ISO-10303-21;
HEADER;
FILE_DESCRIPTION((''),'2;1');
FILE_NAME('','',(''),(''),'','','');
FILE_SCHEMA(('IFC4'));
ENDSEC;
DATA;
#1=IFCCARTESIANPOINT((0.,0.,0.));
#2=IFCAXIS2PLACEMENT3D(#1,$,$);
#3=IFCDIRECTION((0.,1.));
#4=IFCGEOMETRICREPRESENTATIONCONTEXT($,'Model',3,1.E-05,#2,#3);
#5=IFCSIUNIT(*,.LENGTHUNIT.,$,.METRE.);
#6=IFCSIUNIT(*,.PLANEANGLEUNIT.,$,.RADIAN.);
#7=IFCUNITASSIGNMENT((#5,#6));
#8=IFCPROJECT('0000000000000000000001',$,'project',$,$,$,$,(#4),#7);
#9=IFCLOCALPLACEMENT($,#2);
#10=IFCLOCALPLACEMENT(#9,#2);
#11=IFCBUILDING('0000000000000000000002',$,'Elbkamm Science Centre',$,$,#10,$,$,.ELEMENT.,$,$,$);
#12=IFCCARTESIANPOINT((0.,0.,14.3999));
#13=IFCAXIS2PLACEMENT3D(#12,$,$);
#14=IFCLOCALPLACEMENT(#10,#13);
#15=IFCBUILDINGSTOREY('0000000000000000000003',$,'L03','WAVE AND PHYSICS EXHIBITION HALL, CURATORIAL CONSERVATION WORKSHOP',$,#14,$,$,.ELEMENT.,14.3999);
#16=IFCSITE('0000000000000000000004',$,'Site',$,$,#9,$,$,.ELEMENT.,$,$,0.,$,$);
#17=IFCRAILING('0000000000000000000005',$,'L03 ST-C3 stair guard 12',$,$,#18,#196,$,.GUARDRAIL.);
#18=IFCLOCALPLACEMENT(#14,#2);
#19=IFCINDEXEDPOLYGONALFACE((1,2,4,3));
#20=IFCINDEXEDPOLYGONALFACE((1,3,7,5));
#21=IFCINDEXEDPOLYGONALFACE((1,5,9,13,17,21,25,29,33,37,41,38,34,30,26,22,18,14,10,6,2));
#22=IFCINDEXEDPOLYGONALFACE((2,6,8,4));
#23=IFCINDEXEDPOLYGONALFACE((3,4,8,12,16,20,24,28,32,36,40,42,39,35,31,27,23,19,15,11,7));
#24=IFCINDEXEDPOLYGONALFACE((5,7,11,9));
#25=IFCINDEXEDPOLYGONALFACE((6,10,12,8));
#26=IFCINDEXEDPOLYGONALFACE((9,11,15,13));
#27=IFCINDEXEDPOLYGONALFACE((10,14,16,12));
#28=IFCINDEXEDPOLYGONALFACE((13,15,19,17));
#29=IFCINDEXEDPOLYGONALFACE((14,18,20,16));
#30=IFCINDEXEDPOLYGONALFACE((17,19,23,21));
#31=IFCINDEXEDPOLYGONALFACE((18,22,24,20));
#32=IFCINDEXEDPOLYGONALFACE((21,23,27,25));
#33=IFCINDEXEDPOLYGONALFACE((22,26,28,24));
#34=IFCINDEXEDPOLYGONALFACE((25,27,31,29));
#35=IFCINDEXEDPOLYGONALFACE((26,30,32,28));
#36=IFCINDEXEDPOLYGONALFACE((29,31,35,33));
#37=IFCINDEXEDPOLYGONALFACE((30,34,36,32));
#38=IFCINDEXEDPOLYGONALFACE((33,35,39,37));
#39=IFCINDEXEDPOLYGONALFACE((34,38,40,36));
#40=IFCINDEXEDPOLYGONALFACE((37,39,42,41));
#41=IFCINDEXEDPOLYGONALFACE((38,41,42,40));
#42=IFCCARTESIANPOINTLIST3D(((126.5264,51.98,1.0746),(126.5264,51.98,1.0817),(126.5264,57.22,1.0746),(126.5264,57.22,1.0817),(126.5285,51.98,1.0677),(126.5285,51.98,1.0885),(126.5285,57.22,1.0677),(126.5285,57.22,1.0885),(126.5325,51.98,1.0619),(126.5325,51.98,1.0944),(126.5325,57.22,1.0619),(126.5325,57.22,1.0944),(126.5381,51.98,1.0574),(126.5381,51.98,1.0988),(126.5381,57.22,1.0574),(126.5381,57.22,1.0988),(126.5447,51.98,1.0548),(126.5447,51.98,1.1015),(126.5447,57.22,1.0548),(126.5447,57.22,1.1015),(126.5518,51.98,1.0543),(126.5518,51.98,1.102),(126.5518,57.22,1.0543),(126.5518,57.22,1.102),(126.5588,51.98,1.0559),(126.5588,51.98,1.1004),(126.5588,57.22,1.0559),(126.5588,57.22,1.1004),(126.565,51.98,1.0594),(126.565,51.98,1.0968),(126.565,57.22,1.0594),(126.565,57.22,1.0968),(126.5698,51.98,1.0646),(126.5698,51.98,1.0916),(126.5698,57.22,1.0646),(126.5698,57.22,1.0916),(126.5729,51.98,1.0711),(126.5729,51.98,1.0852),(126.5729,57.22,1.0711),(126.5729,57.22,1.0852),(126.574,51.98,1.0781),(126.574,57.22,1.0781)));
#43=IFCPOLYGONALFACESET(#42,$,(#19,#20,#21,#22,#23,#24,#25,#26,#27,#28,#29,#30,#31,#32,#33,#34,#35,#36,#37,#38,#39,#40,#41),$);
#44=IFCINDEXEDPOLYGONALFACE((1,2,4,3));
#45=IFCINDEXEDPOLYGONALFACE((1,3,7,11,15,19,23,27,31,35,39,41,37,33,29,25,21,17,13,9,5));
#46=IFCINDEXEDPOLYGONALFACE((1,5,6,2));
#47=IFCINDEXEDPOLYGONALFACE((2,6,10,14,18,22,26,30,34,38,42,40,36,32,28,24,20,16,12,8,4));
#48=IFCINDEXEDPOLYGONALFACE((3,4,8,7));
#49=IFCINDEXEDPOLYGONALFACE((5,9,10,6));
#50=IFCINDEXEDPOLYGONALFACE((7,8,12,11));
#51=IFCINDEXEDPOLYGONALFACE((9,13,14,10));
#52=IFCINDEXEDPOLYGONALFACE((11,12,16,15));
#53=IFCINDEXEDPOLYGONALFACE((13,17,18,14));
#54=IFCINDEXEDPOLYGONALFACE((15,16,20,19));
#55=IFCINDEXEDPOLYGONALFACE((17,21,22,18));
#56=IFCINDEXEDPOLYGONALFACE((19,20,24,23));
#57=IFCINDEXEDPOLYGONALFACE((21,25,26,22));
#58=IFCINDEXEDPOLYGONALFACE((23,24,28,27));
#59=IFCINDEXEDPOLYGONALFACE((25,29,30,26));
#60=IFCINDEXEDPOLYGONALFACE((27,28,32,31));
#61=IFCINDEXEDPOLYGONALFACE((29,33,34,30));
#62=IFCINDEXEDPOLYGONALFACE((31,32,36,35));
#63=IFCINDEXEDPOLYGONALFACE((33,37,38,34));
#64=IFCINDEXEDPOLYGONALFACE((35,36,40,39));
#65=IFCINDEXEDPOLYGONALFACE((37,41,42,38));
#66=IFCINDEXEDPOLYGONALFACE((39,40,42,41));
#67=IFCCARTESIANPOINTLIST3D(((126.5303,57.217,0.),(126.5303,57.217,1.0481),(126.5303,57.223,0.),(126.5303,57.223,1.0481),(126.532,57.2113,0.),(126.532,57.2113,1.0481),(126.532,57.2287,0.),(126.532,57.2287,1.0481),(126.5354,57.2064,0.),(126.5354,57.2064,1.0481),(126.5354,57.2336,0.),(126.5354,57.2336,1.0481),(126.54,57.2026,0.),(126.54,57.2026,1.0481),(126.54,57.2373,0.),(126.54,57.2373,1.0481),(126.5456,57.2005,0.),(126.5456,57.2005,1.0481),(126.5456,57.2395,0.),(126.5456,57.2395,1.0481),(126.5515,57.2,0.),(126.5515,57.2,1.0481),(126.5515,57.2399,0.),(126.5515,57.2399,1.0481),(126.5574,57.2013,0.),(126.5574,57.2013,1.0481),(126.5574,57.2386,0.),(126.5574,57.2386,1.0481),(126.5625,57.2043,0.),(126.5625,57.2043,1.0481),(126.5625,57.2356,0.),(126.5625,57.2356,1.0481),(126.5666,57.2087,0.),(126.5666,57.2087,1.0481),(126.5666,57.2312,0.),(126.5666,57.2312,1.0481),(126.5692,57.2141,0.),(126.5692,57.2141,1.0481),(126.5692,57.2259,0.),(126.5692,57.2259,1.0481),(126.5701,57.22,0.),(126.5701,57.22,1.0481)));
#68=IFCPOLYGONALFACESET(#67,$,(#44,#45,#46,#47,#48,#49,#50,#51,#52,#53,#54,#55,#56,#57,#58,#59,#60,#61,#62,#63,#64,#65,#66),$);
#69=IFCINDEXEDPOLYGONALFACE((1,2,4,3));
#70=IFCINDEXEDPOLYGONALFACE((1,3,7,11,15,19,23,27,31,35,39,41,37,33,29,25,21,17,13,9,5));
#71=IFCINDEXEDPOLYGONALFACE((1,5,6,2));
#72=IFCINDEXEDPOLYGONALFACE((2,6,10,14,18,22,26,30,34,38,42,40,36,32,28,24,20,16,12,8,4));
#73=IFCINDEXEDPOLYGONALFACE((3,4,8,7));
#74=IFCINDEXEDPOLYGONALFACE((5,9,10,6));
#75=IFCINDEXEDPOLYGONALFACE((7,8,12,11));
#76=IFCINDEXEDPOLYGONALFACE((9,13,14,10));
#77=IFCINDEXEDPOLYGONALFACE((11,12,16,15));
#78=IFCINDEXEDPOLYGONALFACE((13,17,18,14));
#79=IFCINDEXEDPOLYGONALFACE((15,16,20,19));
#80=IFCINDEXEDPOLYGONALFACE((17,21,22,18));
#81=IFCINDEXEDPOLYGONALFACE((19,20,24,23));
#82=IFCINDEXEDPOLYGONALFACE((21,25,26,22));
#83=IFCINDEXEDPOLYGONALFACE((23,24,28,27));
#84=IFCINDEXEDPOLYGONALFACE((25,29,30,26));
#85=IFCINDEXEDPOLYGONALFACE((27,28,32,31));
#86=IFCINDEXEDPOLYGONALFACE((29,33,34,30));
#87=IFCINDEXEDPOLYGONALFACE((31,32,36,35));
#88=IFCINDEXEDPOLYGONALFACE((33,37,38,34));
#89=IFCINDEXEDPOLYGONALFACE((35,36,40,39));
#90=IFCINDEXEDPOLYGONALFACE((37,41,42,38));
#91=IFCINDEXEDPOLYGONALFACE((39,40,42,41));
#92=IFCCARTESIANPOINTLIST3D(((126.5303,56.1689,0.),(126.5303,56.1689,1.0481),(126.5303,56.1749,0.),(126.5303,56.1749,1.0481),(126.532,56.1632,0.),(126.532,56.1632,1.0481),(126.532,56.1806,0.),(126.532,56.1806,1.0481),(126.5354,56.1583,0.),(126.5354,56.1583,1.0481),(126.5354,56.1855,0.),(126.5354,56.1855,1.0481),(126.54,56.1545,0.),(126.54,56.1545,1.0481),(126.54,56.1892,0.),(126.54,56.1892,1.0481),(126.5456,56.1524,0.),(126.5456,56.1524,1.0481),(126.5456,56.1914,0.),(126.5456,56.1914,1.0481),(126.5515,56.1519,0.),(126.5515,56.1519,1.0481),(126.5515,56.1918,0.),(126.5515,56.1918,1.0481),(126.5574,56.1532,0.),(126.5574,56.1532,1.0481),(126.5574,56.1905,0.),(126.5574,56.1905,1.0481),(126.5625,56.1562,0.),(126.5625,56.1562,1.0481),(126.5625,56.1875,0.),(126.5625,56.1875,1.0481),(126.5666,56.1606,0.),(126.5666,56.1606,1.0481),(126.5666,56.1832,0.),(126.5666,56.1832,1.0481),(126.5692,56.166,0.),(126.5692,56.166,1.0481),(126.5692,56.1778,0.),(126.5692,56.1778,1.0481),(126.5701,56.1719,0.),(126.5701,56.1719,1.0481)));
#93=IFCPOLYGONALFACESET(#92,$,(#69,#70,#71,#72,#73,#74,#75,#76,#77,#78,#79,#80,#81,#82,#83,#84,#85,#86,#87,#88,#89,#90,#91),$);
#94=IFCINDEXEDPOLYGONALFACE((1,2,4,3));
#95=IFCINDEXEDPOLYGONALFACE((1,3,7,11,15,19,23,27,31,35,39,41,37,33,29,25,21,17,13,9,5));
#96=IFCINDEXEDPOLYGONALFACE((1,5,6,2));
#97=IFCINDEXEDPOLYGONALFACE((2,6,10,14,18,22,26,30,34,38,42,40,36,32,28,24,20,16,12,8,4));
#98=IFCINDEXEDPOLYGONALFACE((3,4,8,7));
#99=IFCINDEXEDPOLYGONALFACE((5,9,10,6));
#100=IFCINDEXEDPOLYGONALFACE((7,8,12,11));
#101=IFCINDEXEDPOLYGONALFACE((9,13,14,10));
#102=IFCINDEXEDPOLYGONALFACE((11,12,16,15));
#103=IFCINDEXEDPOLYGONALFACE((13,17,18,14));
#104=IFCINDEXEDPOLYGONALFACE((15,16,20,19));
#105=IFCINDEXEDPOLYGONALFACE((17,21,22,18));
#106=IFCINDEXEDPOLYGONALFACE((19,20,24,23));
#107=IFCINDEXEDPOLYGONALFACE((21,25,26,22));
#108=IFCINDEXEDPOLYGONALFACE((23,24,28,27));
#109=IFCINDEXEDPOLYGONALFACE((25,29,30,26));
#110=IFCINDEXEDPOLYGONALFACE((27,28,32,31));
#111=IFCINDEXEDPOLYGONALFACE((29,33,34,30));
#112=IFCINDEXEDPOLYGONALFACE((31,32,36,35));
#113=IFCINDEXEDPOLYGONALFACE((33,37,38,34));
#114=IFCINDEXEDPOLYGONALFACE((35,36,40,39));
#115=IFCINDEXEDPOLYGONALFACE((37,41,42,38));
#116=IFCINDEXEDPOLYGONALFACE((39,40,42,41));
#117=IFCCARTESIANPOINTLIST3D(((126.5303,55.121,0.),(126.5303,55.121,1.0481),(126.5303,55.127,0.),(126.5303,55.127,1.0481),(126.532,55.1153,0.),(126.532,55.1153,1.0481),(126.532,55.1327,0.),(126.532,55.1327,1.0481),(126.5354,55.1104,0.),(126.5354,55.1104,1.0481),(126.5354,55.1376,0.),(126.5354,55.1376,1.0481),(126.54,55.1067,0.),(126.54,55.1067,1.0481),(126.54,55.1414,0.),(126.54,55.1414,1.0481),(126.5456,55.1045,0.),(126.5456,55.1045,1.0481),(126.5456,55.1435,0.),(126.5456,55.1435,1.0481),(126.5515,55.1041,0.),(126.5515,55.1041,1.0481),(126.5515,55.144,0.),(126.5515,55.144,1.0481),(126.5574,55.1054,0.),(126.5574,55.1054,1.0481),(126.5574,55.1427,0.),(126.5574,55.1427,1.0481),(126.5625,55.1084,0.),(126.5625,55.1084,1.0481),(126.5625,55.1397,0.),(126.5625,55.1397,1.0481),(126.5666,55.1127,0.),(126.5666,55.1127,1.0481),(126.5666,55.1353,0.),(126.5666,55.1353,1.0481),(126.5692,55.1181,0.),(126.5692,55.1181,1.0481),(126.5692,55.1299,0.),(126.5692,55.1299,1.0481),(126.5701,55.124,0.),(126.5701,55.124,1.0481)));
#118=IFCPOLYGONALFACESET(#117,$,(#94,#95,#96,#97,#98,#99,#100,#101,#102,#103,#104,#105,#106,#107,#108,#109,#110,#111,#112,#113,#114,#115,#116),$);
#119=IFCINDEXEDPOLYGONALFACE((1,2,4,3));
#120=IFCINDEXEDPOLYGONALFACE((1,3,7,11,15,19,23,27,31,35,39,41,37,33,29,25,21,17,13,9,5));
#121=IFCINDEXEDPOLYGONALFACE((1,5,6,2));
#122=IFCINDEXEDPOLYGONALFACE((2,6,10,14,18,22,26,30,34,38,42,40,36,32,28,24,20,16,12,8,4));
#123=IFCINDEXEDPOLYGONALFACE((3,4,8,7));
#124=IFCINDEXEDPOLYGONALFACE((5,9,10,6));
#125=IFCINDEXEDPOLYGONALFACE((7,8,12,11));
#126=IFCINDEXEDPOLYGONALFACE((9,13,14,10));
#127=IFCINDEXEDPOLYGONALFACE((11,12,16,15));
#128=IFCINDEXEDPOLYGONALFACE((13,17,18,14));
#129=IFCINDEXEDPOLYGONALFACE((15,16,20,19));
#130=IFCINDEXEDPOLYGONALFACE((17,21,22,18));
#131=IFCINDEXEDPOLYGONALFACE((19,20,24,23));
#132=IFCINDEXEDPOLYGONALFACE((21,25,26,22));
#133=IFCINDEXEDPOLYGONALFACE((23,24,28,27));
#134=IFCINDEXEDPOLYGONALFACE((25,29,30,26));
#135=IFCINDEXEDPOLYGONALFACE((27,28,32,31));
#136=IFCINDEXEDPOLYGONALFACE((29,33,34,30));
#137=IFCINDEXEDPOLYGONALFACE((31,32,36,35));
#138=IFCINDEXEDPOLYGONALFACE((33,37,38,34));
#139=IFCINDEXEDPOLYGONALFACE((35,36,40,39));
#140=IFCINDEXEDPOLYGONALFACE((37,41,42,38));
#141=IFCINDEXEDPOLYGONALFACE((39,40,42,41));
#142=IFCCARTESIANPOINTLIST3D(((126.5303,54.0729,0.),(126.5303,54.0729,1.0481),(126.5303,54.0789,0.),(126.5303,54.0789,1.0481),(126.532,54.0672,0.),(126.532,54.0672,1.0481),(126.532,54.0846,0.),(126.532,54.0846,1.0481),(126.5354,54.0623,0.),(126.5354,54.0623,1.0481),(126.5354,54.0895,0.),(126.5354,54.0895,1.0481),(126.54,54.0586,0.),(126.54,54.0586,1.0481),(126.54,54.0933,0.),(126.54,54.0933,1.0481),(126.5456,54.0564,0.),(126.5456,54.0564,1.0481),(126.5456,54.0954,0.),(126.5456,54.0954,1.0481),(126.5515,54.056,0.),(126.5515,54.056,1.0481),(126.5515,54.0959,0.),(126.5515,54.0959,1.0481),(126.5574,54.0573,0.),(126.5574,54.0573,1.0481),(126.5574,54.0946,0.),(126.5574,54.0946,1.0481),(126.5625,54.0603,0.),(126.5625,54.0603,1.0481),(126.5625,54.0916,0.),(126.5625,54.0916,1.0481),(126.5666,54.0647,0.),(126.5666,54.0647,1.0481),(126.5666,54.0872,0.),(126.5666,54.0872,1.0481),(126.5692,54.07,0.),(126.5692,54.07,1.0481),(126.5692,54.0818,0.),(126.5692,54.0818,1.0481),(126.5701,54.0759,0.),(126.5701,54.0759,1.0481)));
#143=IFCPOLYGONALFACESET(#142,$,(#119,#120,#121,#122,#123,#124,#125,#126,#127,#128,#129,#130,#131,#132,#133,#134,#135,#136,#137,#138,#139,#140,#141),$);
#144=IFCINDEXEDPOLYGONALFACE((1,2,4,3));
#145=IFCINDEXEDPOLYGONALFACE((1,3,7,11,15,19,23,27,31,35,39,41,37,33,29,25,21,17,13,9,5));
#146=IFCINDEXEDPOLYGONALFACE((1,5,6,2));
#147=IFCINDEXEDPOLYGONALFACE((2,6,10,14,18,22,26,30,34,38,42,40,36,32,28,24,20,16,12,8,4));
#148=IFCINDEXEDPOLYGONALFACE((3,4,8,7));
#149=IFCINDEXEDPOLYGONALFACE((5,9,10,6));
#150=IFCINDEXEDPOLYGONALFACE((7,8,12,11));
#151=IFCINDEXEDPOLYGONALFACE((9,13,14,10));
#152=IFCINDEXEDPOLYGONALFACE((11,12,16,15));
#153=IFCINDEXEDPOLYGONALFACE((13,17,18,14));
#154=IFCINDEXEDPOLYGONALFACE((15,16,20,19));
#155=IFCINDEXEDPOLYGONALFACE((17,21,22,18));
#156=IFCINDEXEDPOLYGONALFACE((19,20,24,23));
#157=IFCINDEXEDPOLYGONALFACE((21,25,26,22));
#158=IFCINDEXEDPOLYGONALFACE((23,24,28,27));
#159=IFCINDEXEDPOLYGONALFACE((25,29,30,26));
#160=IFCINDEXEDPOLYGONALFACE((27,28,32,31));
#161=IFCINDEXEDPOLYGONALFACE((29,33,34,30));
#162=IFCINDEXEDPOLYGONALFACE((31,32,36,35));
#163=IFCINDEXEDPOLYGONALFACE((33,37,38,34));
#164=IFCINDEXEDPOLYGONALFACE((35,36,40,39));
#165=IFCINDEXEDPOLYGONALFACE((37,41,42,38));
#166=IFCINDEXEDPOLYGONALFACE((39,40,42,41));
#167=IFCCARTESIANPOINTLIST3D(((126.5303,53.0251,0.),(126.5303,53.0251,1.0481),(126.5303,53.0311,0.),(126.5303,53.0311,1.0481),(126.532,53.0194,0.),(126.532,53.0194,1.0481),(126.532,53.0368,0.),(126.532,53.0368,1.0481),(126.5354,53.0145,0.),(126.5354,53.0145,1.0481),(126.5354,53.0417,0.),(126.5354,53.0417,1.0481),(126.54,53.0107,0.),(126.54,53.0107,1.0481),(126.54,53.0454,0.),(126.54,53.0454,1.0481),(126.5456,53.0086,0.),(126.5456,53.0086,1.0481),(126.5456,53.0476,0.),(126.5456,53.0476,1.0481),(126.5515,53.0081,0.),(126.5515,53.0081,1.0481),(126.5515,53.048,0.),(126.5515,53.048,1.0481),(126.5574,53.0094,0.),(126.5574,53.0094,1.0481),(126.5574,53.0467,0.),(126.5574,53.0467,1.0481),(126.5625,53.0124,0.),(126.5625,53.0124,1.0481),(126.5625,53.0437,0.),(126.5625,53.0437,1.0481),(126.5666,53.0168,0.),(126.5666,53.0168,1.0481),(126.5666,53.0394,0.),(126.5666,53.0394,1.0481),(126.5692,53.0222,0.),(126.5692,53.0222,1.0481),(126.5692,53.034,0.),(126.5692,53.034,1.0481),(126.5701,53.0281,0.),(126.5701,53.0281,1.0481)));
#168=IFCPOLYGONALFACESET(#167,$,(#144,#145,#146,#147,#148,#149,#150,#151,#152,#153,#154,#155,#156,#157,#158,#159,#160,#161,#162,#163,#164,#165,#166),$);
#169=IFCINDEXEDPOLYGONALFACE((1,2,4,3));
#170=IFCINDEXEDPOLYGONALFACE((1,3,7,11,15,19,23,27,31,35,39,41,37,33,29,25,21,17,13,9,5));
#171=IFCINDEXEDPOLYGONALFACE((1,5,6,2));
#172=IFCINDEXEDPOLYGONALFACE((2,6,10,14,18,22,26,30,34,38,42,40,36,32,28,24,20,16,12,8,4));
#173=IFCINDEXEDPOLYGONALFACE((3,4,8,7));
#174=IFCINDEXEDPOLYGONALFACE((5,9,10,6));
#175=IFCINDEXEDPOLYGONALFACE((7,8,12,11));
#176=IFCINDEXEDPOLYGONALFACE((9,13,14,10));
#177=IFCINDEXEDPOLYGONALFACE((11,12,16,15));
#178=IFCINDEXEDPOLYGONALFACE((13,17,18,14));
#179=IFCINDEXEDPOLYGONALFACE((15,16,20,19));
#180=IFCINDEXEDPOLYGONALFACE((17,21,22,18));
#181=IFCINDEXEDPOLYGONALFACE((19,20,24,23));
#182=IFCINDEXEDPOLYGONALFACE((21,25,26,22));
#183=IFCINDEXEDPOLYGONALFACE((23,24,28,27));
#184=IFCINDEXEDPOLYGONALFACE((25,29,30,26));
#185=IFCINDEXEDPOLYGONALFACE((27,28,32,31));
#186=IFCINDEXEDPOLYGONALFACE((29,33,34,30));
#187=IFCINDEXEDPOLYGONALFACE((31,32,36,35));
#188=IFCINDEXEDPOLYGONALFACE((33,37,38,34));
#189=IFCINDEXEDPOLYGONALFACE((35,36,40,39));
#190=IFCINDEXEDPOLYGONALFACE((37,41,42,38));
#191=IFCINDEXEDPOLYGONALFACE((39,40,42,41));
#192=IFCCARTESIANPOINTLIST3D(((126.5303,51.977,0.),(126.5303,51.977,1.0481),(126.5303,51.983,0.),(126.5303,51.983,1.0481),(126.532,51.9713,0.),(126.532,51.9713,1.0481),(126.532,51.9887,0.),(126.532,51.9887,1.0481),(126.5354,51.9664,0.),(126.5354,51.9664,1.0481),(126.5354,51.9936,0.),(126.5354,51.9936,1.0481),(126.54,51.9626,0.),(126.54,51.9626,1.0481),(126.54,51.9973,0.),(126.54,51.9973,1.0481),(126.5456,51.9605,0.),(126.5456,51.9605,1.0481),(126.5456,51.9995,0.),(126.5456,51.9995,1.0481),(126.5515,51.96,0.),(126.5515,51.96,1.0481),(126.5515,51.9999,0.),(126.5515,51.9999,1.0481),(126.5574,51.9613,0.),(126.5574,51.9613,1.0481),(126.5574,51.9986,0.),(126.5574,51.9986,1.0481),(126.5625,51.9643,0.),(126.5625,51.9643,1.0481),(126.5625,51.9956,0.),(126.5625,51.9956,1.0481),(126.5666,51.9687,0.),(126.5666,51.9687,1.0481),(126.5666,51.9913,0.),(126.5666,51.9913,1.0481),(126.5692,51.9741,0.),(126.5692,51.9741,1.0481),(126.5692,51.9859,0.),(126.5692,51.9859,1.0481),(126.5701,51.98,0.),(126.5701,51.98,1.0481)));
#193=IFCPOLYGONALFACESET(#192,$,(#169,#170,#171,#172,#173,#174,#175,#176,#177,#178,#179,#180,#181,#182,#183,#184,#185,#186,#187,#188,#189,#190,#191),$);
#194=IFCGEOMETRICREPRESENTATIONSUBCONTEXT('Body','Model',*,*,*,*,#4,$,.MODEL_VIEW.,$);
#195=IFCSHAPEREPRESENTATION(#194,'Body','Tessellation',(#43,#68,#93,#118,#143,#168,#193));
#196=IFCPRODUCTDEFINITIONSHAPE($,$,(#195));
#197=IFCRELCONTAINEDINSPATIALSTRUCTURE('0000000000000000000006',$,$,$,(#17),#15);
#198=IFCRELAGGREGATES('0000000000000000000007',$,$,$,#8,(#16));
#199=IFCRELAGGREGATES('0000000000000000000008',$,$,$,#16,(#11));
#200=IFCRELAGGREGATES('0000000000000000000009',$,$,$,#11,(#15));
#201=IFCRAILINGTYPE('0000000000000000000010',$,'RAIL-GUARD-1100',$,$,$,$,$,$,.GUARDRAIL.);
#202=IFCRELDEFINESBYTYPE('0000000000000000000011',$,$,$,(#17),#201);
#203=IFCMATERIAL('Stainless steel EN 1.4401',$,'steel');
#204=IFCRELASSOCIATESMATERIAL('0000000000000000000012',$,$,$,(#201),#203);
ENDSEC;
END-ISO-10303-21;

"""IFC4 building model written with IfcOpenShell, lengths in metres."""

from ifc_helpers import new_model, si_unit, direction, frame, origin, origin_2d, place, context, subcontext, project, spatial, circle, extrude, material, type_object, element, save


model = new_model("IFC4")

# Units and contexts
model_context = context("Model", 3, precision=1e-05, world=origin(), true_north=direction((0.0, 1.0)))
body_context = subcontext(model_context, "Body", "Model", "MODEL_VIEW")
ifc_project = project(units=[si_unit("LENGTHUNIT", "METRE"), si_unit("PLANEANGLEUNIT", "RADIAN")], contexts=[model_context])

# Site, building, storey
site_placement = place(None, origin())
site = spatial("IfcSite", under=ifc_project, at=site_placement, Name="Site", CompositionType="ELEMENT", RefElevation=0.0)
building_placement = place(site_placement, origin())
building = spatial("IfcBuilding", under=site, at=building_placement, Name="Elbkamm Science Centre", CompositionType="ELEMENT")
storey_placement = place(building_placement, frame((0.0, 0.0, 14.3999)))
storey = spatial("IfcBuildingStorey", under=building, at=storey_placement, Name="L03", Description="WAVE AND PHYSICS EXHIBITION HALL, CURATORIAL CONSERVATION WORKSHOP", CompositionType="ELEMENT", Elevation=14.3999)

# Railing
ifc_material_1 = material(Name="Stainless steel EN 1.4401", Category="steel")
railing_type_1 = type_object("IfcRailingType", Name="RAIL-GUARD-1100", PredefinedType="GUARDRAIL", material=ifc_material_1)
railing_1_placement = place(storey_placement, frame((126.55, 57.22, 0.0)))
element("IfcRailing", 1, at=railing_1_placement, inside=storey, type_object=railing_type_1, Name="L03 ST-C3 stair guard 12", PredefinedType="GUARDRAIL", context=body_context, shape_type="SweptSolid", body=[
    extrude(circle(Radius=0.0239, at=origin_2d()), frame((0.0, 0.0, 1.0781), z_axis=(0.0, -1.0, 0.0), x_axis=(1.0, 0.0, 0.0)), (0.0, 0.0, 1.0), 5.24),
    extrude(circle(Radius=0.02, at=origin_2d()), origin(), (0.0, 0.0, 1.0), 1.0481),
    extrude(circle(Radius=0.02, at=origin_2d()), frame((0.0, -1.0481, 0.0)), (0.0, 0.0, 1.0), 1.0481),
    extrude(circle(Radius=0.02, at=origin_2d()), frame((0.0, -2.0959, 0.0)), (0.0, 0.0, 1.0), 1.0481),
    extrude(circle(Radius=0.02, at=origin_2d()), frame((0.0, -3.144, 0.0)), (0.0, 0.0, 1.0), 1.0481),
    extrude(circle(Radius=0.02, at=origin_2d()), frame((0.0, -4.1919, 0.0)), (0.0, 0.0, 1.0), 1.0481),
    extrude(circle(Radius=0.02, at=origin_2d()), frame((0.0, -5.24, 0.0)), (0.0, 0.0, 1.0), 1.0481),
])

save(model, "model.ifc")
